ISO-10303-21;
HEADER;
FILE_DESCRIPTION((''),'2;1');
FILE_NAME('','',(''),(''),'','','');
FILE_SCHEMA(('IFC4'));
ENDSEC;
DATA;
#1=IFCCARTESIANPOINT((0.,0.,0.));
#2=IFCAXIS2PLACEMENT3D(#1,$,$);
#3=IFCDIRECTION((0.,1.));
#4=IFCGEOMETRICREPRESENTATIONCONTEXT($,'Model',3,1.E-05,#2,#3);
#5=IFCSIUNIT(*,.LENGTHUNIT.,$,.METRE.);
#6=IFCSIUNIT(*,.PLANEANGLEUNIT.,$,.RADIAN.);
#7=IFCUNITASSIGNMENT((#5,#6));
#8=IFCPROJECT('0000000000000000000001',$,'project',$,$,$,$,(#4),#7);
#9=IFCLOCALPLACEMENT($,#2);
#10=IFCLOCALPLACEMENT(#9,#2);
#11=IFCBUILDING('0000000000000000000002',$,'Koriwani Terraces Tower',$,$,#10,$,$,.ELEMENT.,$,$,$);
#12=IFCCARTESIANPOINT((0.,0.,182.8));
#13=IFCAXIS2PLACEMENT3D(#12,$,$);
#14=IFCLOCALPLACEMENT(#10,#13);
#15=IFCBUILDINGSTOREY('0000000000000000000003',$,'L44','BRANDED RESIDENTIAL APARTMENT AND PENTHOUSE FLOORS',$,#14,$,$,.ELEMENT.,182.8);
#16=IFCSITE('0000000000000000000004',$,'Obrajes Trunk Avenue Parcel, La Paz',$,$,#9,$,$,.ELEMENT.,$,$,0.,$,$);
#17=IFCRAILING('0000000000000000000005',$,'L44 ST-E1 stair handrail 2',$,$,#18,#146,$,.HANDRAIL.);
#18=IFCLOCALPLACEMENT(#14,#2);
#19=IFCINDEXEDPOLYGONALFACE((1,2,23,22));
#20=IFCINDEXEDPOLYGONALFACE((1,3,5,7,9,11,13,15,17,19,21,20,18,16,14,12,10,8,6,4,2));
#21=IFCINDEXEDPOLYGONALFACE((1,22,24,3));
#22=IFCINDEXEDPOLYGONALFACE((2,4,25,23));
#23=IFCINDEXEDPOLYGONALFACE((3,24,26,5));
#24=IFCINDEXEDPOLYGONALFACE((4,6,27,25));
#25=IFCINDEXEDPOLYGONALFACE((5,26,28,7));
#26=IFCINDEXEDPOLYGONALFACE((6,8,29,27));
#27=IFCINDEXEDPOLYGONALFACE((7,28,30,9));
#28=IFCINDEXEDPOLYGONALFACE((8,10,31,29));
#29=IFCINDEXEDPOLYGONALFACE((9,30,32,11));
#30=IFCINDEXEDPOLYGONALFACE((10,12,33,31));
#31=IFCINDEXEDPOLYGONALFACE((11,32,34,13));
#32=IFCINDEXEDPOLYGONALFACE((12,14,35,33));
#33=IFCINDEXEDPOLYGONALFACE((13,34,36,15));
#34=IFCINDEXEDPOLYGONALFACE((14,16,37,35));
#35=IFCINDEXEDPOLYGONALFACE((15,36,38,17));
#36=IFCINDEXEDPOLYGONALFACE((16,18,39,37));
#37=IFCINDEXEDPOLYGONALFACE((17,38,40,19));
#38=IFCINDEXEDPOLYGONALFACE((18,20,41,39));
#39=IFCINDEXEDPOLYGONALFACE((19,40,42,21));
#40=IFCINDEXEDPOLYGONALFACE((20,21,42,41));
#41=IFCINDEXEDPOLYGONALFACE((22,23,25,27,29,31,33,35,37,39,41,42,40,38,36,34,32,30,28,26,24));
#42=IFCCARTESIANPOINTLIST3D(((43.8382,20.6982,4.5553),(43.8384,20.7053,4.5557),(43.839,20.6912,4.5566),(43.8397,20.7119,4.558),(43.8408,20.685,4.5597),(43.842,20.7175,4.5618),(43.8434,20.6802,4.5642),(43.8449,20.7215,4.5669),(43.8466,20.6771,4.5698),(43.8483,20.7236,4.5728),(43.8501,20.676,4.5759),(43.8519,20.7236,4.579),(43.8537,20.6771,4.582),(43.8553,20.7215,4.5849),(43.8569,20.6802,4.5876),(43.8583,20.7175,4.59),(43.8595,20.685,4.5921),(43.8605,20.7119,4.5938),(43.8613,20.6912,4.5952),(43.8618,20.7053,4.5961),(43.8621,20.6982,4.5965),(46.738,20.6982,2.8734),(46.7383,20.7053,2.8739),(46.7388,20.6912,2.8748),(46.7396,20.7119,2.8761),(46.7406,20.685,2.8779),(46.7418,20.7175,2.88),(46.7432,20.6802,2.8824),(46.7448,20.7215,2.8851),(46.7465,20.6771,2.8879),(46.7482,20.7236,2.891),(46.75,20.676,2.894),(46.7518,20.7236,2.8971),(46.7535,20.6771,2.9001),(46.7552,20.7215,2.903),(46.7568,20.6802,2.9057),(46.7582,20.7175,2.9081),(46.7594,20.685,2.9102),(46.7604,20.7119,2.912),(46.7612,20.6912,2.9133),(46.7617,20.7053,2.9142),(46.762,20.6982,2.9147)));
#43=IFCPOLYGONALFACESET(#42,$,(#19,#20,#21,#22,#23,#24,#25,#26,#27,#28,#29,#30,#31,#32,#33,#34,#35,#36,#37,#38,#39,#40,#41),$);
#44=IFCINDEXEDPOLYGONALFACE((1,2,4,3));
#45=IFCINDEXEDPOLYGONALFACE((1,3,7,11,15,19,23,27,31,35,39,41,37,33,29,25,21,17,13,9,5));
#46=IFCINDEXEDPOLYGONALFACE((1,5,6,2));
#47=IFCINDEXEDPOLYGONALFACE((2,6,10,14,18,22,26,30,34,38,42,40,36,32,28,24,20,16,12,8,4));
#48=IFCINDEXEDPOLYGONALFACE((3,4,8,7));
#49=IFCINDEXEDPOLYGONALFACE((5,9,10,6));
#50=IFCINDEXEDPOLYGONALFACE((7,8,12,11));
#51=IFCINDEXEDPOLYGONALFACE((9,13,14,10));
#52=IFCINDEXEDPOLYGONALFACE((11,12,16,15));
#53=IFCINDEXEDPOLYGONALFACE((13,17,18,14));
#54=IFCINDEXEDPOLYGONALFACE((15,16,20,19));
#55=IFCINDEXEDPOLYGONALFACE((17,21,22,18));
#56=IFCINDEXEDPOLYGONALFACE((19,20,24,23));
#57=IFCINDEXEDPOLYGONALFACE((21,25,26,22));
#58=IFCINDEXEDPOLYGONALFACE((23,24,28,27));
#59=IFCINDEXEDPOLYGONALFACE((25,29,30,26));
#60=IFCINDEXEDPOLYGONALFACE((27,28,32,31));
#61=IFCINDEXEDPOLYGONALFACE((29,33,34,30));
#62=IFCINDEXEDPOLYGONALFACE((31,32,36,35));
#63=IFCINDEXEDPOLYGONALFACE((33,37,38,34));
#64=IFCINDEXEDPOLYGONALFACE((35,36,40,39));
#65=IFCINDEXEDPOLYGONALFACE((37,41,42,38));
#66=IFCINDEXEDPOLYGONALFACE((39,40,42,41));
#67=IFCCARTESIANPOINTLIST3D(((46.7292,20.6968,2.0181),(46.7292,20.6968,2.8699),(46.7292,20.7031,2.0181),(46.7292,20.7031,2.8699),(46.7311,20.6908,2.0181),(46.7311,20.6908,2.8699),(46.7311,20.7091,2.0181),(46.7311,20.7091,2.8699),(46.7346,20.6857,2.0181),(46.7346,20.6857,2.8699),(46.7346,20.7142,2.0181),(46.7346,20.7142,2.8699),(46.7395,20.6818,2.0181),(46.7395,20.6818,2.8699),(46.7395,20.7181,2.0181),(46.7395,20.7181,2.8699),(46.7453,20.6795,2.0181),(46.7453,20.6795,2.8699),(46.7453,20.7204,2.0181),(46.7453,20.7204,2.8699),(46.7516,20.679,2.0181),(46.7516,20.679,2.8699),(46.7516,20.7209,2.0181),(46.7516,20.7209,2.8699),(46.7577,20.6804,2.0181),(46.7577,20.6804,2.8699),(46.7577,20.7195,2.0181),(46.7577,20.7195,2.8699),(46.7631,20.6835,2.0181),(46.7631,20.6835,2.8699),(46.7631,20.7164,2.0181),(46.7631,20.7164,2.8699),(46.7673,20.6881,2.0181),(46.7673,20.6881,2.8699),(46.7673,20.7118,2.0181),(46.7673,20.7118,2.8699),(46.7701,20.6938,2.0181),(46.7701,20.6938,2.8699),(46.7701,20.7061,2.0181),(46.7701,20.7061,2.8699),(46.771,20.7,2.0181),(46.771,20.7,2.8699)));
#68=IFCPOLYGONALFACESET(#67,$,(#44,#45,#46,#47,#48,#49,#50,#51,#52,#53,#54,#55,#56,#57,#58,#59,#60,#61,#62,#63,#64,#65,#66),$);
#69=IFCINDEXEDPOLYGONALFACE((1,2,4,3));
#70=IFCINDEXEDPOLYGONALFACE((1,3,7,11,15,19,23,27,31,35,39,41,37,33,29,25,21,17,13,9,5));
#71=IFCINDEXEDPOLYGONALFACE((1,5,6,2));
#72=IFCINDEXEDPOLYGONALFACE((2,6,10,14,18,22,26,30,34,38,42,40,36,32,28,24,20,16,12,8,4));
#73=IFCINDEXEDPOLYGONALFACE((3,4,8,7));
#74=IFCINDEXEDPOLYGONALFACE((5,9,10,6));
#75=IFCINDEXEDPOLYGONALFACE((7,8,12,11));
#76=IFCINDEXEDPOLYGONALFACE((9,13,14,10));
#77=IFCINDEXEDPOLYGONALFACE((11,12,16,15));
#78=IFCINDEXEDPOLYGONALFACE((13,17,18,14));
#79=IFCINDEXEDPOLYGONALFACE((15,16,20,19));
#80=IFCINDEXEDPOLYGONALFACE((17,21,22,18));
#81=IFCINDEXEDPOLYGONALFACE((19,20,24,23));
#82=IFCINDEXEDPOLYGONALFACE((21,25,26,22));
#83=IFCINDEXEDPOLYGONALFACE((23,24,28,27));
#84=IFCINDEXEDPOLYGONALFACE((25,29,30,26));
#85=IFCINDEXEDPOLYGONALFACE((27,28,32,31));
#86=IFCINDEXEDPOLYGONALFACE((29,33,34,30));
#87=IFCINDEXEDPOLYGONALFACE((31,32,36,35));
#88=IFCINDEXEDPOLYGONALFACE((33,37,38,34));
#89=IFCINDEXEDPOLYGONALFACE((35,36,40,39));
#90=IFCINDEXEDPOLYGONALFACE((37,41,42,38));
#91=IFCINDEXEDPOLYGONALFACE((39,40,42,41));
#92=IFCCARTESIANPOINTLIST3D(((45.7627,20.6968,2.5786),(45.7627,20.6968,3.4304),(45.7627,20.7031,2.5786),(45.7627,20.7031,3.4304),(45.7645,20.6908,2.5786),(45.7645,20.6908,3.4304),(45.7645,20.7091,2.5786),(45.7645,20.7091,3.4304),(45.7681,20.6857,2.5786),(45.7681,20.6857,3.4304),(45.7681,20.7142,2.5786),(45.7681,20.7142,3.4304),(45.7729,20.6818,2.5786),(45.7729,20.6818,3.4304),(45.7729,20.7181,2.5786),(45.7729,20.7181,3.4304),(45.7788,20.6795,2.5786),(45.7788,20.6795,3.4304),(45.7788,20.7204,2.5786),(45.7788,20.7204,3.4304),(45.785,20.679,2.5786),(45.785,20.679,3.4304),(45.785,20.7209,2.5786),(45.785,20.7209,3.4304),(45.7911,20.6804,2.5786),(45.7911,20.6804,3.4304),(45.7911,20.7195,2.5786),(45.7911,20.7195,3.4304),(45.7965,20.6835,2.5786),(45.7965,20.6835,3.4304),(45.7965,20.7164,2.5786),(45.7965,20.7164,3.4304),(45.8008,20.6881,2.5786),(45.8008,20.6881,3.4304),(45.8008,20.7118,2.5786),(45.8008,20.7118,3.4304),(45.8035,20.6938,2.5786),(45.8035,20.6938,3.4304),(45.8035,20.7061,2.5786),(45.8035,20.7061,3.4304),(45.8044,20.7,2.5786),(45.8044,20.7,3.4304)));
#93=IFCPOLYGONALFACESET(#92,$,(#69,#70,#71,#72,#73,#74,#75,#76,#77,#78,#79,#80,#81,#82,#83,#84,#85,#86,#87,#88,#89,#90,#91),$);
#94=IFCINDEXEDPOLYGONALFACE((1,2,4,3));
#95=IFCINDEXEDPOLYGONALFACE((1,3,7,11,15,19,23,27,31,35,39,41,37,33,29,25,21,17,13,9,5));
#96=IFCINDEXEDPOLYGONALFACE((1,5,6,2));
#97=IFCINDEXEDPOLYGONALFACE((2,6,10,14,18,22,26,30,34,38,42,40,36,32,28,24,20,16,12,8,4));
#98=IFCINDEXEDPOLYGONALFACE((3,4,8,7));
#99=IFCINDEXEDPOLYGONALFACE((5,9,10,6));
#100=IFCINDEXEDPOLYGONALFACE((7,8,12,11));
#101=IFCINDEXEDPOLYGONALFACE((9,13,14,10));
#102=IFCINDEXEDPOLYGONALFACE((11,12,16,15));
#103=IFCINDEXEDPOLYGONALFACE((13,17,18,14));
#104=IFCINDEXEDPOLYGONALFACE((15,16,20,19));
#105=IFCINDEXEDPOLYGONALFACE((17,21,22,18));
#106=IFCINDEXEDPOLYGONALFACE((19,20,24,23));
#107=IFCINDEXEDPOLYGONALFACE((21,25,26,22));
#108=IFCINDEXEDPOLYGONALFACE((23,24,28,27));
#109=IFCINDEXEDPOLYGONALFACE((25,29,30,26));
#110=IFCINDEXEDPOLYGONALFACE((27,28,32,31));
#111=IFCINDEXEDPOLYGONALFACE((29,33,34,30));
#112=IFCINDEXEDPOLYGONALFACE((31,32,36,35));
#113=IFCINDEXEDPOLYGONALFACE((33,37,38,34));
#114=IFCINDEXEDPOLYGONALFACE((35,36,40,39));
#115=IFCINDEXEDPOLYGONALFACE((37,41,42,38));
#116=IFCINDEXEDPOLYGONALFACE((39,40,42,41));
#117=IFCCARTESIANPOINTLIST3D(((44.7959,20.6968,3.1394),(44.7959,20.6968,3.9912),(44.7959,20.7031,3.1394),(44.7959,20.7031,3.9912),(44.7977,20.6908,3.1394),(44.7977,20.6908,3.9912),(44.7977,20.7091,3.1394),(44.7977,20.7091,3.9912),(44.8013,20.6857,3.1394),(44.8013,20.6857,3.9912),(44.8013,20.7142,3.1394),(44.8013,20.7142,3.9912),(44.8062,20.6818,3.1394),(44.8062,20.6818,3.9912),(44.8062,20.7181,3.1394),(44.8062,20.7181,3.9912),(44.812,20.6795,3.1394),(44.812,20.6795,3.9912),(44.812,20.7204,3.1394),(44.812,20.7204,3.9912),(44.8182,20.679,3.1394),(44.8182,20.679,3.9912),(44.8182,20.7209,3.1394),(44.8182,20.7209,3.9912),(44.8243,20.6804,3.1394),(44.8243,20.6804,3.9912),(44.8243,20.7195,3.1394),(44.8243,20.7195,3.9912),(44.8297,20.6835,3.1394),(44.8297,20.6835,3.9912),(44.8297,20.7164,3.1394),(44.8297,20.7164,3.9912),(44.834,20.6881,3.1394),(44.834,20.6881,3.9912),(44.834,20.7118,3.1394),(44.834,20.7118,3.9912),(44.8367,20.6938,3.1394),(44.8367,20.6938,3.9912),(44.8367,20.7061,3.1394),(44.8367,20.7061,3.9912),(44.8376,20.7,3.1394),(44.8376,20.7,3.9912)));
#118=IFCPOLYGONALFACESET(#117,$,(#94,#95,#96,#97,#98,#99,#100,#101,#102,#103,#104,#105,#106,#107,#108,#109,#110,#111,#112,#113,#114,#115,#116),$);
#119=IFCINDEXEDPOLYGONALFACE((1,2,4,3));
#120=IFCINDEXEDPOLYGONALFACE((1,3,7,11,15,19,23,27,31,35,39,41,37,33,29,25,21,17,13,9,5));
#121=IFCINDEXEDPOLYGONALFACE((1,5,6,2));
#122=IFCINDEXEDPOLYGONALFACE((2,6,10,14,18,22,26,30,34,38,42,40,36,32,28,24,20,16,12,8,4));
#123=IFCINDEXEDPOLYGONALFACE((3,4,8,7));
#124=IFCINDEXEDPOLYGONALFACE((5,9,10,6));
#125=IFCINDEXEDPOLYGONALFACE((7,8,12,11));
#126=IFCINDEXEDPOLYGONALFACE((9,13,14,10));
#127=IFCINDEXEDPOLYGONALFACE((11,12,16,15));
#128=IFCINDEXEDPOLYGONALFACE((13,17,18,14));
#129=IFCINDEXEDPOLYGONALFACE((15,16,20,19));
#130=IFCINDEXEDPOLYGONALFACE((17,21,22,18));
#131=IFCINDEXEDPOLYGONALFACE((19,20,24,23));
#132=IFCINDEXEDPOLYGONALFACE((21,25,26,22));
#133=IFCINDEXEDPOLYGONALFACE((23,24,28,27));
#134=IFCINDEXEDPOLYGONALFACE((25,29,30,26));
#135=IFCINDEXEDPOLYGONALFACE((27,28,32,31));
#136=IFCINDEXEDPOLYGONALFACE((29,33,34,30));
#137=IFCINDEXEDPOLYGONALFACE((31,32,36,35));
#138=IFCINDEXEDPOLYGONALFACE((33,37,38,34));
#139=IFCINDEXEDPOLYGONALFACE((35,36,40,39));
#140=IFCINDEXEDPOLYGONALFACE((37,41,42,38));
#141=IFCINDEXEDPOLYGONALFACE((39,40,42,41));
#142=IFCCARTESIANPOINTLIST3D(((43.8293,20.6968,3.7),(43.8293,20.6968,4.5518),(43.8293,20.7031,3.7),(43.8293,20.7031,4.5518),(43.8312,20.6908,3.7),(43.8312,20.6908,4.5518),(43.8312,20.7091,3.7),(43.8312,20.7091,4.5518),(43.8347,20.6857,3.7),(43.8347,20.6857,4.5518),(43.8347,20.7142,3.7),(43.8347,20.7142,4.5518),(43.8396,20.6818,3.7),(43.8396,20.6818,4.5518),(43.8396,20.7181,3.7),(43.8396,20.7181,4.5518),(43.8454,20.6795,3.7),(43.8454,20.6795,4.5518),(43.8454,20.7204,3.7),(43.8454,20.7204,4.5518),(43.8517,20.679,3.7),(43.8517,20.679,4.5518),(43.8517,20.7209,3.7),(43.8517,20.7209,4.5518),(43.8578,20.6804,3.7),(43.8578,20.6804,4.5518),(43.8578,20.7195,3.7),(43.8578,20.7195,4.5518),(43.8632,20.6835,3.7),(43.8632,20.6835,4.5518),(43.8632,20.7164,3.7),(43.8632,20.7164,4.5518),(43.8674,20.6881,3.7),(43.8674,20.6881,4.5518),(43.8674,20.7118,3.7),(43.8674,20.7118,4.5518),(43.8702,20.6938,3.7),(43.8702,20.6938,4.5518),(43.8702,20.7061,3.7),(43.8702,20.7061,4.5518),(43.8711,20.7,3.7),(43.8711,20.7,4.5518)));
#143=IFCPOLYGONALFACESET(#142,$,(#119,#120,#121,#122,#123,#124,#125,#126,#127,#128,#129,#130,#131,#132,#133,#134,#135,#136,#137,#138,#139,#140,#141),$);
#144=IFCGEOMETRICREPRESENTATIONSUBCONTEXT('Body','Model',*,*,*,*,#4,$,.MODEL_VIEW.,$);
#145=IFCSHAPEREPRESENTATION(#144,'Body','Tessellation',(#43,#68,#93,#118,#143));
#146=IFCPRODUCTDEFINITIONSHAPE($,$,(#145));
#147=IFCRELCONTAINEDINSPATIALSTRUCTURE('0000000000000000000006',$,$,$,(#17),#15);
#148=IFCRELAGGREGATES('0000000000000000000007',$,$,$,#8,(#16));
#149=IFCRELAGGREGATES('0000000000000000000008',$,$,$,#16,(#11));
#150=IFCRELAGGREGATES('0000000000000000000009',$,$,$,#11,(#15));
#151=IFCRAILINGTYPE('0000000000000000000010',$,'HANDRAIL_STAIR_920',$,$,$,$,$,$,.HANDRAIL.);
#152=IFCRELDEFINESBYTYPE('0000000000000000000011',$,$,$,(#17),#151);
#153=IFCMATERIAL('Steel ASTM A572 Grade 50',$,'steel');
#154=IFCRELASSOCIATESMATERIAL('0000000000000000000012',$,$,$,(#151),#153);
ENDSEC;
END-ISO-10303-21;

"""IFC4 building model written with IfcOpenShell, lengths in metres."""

from ifc_helpers import new_model, si_unit, direction, frame, origin, origin_2d, place, context, subcontext, project, spatial, circle, extrude, material, type_object, element, save


model = new_model("IFC4")

# Units and contexts
model_context = context("Model", 3, precision=1e-05, world=origin(), true_north=direction((0.0, 1.0)))
body_context = subcontext(model_context, "Body", "Model", "MODEL_VIEW")
ifc_project = project(units=[si_unit("LENGTHUNIT", "METRE"), si_unit("PLANEANGLEUNIT", "RADIAN")], contexts=[model_context])

# Site, building, storey
site_placement = place(None, origin())
site = spatial("IfcSite", under=ifc_project, at=site_placement, Name="Obrajes Trunk Avenue Parcel, La Paz", CompositionType="ELEMENT", RefElevation=0.0)
building_placement = place(site_placement, origin())
building = spatial("IfcBuilding", under=site, at=building_placement, Name="Koriwani Terraces Tower", CompositionType="ELEMENT")
storey_placement = place(building_placement, frame((0.0, 0.0, 182.8)))
storey = spatial("IfcBuildingStorey", under=building, at=storey_placement, Name="L44", Description="BRANDED RESIDENTIAL APARTMENT AND PENTHOUSE FLOORS", CompositionType="ELEMENT", Elevation=182.8)

# Shared definitions
ifc_material_1 = material(Name="Steel ASTM A572 Grade 50", Category="steel")

# Railing
railing_type_1 = type_object("IfcRailingType", Name="HANDRAIL_STAIR_920", PredefinedType="HANDRAIL", material=ifc_material_1)
railing_1_placement = place(storey_placement, frame((46.75, 20.7, 2.0181)))
element("IfcRailing", 1, at=railing_1_placement, inside=storey, type_object=railing_type_1, Name="L44 ST-E1 stair handrail 2", PredefinedType="HANDRAIL", context=body_context, shape_type="SweptSolid", body=[
    extrude(circle(Radius=0.0239, at=origin_2d()), frame((0.0, 0.0, 0.876), z_axis=(-0.865039, 0.0, 0.501705), x_axis=(0.0, -1.0, 0.0)), (0.0, 0.0, 1.0), 3.3523),
    extrude(circle(Radius=0.021, at=origin_2d()), origin(), (0.0, 0.0, 1.0), 0.8518),
    extrude(circle(Radius=0.021, at=origin_2d()), frame((-0.9666, 0.0, 0.5605)), (0.0, 0.0, 1.0), 0.8518),
    extrude(circle(Radius=0.021, at=origin_2d()), frame((-1.9333, 0.0, 1.1213)), (0.0, 0.0, 1.0), 0.8518),
    extrude(circle(Radius=0.021, at=origin_2d()), frame((-2.8999, 0.0, 1.6819)), (0.0, 0.0, 1.0), 0.8518),
])

save(model, "model.ifc")
